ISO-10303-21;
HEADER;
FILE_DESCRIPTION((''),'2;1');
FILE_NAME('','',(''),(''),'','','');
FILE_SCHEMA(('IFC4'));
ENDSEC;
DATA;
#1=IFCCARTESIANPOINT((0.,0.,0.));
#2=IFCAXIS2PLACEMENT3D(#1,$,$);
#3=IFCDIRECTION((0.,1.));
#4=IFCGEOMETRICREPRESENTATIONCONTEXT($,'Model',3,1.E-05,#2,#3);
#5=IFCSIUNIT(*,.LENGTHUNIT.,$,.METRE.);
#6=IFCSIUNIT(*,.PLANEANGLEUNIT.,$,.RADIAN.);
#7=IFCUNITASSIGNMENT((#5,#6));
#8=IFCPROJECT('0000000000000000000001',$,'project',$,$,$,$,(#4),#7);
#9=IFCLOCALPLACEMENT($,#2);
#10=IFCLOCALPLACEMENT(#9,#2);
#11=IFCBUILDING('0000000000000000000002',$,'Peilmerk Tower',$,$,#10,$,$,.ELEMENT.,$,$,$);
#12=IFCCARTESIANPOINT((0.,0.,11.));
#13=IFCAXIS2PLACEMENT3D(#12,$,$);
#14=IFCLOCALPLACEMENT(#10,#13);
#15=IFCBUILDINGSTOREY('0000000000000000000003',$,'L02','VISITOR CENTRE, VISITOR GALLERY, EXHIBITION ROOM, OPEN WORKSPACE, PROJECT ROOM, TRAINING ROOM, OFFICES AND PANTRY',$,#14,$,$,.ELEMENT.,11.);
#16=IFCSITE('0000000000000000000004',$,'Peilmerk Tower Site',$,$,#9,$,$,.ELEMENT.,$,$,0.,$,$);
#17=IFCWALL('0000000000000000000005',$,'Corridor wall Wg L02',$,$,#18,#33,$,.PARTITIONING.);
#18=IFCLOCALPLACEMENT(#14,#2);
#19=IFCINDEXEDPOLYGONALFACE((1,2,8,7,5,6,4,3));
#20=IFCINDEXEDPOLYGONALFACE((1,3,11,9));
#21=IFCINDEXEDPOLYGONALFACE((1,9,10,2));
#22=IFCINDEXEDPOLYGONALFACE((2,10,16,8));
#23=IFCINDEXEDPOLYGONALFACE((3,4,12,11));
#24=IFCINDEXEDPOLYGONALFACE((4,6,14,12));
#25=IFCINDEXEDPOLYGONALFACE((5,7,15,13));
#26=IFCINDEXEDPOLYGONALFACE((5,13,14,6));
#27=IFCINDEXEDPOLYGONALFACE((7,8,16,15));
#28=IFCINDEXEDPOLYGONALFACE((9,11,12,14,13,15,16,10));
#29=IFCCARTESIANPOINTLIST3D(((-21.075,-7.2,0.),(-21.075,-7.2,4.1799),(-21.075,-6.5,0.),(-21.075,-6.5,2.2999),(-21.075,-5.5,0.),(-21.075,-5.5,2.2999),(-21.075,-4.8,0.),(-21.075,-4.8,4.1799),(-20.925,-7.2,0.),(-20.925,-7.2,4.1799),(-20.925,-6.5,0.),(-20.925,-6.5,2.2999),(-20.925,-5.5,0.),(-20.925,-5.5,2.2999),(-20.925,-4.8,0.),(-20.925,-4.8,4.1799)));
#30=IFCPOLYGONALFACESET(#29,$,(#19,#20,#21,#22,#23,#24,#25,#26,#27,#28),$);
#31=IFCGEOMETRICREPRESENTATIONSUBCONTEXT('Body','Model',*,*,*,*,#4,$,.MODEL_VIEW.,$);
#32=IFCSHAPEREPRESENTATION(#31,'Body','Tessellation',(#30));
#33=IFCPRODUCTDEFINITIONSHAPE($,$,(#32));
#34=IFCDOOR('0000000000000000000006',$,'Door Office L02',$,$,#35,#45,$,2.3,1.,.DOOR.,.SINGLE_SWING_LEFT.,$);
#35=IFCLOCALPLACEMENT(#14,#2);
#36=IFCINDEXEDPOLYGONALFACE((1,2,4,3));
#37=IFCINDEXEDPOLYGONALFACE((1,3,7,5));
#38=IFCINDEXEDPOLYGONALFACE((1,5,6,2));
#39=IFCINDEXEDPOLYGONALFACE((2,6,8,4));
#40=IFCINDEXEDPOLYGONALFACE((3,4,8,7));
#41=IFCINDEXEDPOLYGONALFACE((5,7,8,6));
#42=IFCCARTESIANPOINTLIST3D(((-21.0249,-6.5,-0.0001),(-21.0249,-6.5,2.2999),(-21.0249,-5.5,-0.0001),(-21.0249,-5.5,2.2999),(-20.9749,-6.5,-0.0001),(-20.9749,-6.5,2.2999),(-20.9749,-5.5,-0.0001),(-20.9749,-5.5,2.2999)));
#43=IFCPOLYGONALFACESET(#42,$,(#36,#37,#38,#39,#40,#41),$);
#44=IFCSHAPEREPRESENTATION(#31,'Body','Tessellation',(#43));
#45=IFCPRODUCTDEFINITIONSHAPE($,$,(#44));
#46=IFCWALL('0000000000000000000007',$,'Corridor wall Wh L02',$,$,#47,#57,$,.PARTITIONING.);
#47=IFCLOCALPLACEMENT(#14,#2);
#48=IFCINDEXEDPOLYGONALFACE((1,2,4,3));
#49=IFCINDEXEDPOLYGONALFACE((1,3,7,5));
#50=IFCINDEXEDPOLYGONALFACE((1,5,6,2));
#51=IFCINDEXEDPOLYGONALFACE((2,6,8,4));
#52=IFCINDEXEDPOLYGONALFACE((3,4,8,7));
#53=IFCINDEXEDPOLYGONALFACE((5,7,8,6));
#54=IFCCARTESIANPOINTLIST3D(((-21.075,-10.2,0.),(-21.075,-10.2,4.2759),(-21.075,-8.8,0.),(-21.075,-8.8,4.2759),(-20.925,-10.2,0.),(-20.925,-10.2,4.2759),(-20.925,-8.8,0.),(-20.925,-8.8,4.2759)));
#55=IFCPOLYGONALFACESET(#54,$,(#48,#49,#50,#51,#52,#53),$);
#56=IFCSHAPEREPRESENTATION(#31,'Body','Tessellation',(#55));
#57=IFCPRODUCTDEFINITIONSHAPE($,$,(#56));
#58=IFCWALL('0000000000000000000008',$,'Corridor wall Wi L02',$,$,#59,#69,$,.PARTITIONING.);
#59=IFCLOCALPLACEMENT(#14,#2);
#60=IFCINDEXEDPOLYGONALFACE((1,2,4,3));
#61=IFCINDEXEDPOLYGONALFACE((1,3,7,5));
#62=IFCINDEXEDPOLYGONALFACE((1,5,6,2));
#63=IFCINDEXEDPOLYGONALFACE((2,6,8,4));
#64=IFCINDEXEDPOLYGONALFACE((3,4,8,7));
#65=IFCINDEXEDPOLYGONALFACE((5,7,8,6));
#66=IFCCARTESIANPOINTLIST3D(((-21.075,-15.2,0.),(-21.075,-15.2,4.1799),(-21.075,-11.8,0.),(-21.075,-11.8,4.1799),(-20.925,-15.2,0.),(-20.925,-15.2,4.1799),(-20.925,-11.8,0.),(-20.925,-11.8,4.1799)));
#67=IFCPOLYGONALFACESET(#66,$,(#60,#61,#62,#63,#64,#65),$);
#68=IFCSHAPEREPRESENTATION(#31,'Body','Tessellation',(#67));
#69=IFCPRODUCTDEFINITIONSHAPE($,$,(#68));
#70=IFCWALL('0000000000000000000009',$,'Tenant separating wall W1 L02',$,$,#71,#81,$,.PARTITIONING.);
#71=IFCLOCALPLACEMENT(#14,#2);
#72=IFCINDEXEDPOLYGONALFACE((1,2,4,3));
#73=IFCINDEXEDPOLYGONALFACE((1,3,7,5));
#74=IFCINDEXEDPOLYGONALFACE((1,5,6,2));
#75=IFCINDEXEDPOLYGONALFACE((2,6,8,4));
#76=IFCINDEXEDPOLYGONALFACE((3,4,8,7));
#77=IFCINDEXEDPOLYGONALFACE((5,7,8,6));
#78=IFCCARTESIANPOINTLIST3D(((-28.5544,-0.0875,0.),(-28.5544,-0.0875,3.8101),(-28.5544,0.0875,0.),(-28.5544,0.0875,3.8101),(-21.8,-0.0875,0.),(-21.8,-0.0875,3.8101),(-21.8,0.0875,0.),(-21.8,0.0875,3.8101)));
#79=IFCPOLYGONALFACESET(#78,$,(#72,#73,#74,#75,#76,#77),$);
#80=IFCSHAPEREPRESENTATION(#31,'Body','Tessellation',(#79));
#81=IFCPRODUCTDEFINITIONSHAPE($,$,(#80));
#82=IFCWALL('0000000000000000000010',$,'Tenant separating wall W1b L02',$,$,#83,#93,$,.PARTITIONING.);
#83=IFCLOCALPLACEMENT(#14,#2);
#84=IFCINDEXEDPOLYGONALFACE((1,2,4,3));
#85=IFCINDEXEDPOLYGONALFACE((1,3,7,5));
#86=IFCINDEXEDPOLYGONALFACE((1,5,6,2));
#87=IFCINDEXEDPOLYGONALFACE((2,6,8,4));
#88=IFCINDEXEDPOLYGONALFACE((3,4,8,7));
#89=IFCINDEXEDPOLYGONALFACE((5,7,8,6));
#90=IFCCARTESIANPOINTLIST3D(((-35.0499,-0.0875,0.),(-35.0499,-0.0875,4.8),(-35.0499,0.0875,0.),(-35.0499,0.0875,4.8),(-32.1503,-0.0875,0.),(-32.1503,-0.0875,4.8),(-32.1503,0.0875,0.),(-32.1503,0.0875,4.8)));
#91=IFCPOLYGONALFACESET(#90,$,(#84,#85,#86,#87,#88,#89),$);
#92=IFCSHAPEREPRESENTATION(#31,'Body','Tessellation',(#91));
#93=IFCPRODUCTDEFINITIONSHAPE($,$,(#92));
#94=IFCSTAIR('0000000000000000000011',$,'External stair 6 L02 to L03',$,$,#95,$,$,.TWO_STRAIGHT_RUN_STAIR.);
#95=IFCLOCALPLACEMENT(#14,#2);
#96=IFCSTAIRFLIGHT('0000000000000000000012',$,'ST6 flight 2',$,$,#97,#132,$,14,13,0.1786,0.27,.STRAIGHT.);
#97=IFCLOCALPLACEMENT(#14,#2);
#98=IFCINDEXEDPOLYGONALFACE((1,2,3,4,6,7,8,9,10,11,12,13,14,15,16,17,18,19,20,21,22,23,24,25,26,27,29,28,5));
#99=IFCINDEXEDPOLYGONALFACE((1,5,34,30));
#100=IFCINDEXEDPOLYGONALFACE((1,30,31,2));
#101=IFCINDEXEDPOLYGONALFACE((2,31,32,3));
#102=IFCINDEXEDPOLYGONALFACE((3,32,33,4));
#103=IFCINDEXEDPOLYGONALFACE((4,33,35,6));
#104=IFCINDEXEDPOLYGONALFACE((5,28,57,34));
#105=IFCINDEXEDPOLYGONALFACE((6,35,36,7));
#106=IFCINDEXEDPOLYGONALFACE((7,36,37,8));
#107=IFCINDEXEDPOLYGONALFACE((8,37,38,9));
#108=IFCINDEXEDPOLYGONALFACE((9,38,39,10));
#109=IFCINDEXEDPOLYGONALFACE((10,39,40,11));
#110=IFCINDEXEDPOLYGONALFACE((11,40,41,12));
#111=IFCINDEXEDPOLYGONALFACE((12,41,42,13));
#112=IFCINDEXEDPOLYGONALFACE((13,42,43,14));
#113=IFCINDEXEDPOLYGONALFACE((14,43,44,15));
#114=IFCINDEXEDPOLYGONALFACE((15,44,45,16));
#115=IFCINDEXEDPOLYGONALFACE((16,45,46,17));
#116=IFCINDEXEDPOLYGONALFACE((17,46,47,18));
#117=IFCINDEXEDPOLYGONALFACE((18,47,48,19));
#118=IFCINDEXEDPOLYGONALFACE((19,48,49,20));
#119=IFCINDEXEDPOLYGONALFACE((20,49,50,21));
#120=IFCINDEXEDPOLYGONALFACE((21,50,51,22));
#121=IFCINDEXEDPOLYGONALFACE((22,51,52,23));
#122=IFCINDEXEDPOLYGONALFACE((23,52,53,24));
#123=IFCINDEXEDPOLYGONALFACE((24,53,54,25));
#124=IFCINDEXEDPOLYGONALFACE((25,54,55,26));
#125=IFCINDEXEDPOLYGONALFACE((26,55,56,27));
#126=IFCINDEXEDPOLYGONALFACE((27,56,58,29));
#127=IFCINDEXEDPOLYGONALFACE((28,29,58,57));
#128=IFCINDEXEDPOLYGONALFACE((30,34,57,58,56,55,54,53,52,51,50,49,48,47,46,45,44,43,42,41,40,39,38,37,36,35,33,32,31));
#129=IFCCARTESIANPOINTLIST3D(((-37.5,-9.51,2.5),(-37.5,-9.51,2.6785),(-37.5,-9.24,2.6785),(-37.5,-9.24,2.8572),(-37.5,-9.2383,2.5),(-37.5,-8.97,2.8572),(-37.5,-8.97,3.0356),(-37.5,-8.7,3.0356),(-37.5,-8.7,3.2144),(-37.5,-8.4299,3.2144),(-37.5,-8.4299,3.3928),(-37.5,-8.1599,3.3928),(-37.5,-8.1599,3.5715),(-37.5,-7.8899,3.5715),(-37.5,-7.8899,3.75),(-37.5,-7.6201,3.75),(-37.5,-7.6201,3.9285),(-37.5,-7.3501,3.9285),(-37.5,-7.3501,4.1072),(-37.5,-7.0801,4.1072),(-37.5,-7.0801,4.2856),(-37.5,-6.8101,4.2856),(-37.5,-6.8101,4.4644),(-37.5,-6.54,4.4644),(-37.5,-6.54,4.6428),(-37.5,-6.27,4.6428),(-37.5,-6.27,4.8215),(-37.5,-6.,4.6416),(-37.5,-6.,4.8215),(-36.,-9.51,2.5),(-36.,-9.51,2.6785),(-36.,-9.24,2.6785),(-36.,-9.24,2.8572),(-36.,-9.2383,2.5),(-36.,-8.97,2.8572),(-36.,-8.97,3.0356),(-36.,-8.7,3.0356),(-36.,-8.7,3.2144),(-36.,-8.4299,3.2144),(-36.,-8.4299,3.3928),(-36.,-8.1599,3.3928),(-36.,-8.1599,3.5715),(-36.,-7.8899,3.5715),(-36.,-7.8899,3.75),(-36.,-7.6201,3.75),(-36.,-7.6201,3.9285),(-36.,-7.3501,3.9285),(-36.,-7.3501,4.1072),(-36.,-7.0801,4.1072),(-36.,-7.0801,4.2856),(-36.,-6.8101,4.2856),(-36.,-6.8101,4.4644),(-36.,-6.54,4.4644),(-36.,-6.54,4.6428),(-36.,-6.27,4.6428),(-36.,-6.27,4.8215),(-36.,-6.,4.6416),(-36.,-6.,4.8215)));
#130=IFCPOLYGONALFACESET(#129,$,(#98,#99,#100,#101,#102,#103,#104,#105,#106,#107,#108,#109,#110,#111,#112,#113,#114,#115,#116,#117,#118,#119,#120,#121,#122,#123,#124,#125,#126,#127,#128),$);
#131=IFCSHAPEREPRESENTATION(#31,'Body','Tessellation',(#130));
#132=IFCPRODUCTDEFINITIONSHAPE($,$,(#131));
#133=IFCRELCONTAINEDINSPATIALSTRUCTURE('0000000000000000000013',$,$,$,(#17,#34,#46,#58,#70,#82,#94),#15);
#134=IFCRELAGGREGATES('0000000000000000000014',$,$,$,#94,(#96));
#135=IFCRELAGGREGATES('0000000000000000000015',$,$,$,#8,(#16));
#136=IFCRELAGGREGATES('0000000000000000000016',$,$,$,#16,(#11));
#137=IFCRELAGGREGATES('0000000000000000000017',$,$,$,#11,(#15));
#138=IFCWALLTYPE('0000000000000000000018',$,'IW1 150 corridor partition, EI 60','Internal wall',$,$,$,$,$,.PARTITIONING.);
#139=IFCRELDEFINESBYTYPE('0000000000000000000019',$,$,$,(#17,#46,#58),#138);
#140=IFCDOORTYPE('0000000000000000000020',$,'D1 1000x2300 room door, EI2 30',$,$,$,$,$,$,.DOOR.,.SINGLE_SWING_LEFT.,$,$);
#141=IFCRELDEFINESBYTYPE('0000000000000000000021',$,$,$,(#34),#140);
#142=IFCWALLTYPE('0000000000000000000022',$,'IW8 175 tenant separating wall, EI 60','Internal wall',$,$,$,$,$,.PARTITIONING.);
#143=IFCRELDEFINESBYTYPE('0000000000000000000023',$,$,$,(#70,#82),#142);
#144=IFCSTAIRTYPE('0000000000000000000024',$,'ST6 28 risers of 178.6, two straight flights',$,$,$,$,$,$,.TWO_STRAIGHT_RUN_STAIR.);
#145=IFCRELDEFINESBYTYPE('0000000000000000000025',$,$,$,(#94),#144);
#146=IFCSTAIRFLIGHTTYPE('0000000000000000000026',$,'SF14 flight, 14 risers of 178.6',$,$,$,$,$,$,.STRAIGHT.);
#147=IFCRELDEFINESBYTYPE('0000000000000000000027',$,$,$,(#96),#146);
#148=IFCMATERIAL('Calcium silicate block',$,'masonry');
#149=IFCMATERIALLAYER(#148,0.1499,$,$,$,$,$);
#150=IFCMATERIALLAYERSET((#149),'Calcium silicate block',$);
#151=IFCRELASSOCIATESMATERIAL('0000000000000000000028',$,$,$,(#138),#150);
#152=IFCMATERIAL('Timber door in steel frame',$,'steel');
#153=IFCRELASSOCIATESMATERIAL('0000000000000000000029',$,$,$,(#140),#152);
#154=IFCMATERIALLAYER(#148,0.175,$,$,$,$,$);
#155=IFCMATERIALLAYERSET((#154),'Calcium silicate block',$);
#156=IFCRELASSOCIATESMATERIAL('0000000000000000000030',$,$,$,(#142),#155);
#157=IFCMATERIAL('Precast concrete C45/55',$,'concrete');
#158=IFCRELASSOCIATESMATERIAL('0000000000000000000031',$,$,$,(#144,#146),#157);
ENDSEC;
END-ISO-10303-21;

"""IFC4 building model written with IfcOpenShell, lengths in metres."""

from ifc_helpers import new_model, si_unit, direction, frame, frame_2d, origin, place, context, subcontext, project, spatial, polyline, rectangle, outline, extrude, material, layer, layer_set, type_object, element, fill, aggregate, save


model = new_model("IFC4")

# Units and contexts
model_context = context("Model", 3, precision=1e-05, world=origin(), true_north=direction((0.0, 1.0)))
body_context = subcontext(model_context, "Body", "Model", "MODEL_VIEW")
ifc_project = project(units=[si_unit("LENGTHUNIT", "METRE"), si_unit("PLANEANGLEUNIT", "RADIAN")], contexts=[model_context])

# Site, building, storey
site_placement = place(None, origin())
site = spatial("IfcSite", under=ifc_project, at=site_placement, Name="Peilmerk Tower Site", CompositionType="ELEMENT", RefElevation=0.0)
building_placement = place(site_placement, origin())
building = spatial("IfcBuilding", under=site, at=building_placement, Name="Peilmerk Tower", CompositionType="ELEMENT")
storey_placement = place(building_placement, frame((0.0, 0.0, 11.0)))
storey = spatial("IfcBuildingStorey", under=building, at=storey_placement, Name="L02", Description="VISITOR CENTRE, VISITOR GALLERY, EXHIBITION ROOM, OPEN WORKSPACE, PROJECT ROOM, TRAINING ROOM, OFFICES AND PANTRY", CompositionType="ELEMENT", Elevation=11.0)

# Shared definitions
ifc_material_1 = material(Name="Calcium silicate block", Category="masonry")
ifc_layer_1 = layer(ifc_material_1, 0.1499)
ifc_layer_set_1 = layer_set([ifc_layer_1], Name="Calcium silicate block")
wall_type_1 = type_object("IfcWallType", Name="IW1 150 corridor partition, EI 60", Description="Internal wall", PredefinedType="PARTITIONING", material=ifc_layer_set_1)

# Wall, opening, door
wall_1_placement = place(storey_placement, frame((-21.0, -4.8, 0.0), z_axis=(0.0, 0.0, 1.0), x_axis=(0.0, -1.0, 0.0)))
wall_1 = element("IfcWall", 1, at=wall_1_placement, inside=storey, type_object=wall_type_1, Name="Corridor wall Wg L02", PredefinedType="PARTITIONING", context=body_context, shape_type="SweptSolid", body=[
    extrude(rectangle(XDim=2.3999, YDim=0.1499, at=frame_2d((1.2, 0.0))), origin(), (0.0, 0.0, 1.0), 4.1799),
])
opening_placement = place(wall_1_placement, frame((0.7, 0.0, 0.0)))
opening = element("IfcOpeningElement", 2, at=opening_placement, cuts=wall_1, PredefinedType="OPENING", context=body_context, shape_type="SweptSolid", body=[
    extrude(rectangle(XDim=1.0, YDim=2.3, at=frame_2d((0.5, 1.1499))), frame((0.0, 0.085, 0.0), z_axis=(0.0, -1.0, 0.0), x_axis=(1.0, 0.0, 0.0)), (0.0, 0.0, 1.0), 0.1699),
])
ifc_material_2 = material(Name="Timber door in steel frame", Category="steel")
door_type = type_object("IfcDoorType", Name="D1 1000x2300 room door, EI2 30", OperationType="SINGLE_SWING_LEFT", PredefinedType="DOOR", material=ifc_material_2)
door_placement = place(opening_placement, frame((1.0, 0.0, 0.0), z_axis=(0.0, 0.0, 1.0), x_axis=(-1.0, 0.0, 0.0)))
door = element("IfcDoor", 3, at=door_placement, inside=storey, type_object=door_type, Name="Door Office L02", OperationType="SINGLE_SWING_LEFT", OverallHeight=2.3, OverallWidth=1.0, PredefinedType="DOOR", context=body_context, shape_type="SweptSolid", body=[
    extrude(rectangle(XDim=1.0, YDim=2.3, at=frame_2d((0.5, 1.1499))), frame((0.0, 0.0249, 0.0), z_axis=(0.0, -1.0, 0.0), x_axis=(1.0, 0.0, 0.0)), (0.0, 0.0, 1.0), 0.05),
])
fill(opening, door)

# Walls
wall_2_placement = place(storey_placement, frame((-21.0, -8.8, 0.0), z_axis=(0.0, 0.0, 1.0), x_axis=(0.0, -1.0, 0.0)))
element("IfcWall", 4, at=wall_2_placement, inside=storey, type_object=wall_type_1, Name="Corridor wall Wh L02", PredefinedType="PARTITIONING", context=body_context, shape_type="SweptSolid", body=[
    extrude(rectangle(XDim=1.3999, YDim=0.1499, at=frame_2d((0.7, 0.0))), origin(), (0.0, 0.0, 1.0), 4.2759),
])
wall_3_placement = place(storey_placement, frame((-21.0, -11.8, 0.0), z_axis=(0.0, 0.0, 1.0), x_axis=(0.0, -1.0, 0.0)))
element("IfcWall", 5, at=wall_3_placement, inside=storey, type_object=wall_type_1, Name="Corridor wall Wi L02", PredefinedType="PARTITIONING", context=body_context, shape_type="SweptSolid", body=[
    extrude(rectangle(XDim=3.3999, YDim=0.1499, at=frame_2d((1.7, 0.0))), origin(), (0.0, 0.0, 1.0), 4.1799),
])
ifc_layer_2 = layer(ifc_material_1, 0.175)
ifc_layer_set_2 = layer_set([ifc_layer_2], Name="Calcium silicate block")
wall_type_2 = type_object("IfcWallType", Name="IW8 175 tenant separating wall, EI 60", Description="Internal wall", PredefinedType="PARTITIONING", material=ifc_layer_set_2)
wall_4_placement = place(storey_placement, frame((-21.8, 0.0, 0.0), z_axis=(0.0, 0.0, 1.0), x_axis=(-1.0, 0.0, 0.0)))
element("IfcWall", 6, at=wall_4_placement, inside=storey, type_object=wall_type_2, Name="Tenant separating wall W1 L02", PredefinedType="PARTITIONING", context=body_context, shape_type="SweptSolid", body=[
    extrude(rectangle(XDim=6.7544, YDim=0.175, at=frame_2d((3.3772, 0.0))), origin(), (0.0, 0.0, 1.0), 3.8101),
])
wall_5_placement = place(storey_placement, frame((-32.1504, 0.0, 0.0), z_axis=(0.0, 0.0, 1.0), x_axis=(-1.0, 0.0, 0.0)))
element("IfcWall", 7, at=wall_5_placement, inside=storey, type_object=wall_type_2, Name="Tenant separating wall W1b L02", PredefinedType="PARTITIONING", context=body_context, shape_type="SweptSolid", body=[
    extrude(rectangle(XDim=2.8997, YDim=0.175, at=frame_2d((1.4497, 0.0))), origin(), (0.0, 0.0, 1.0), 4.8),
])

# Stair, stair flight
ifc_material_3 = material(Name="Precast concrete C45/55", Category="concrete")
stair_type = type_object("IfcStairType", Name="ST6 28 risers of 178.6, two straight flights", PredefinedType="TWO_STRAIGHT_RUN_STAIR", material=ifc_material_3)
stair_placement = place(storey_placement, origin())
stair = element("IfcStair", 8, at=stair_placement, inside=storey, type_object=stair_type, Name="External stair 6 L02 to L03", PredefinedType="TWO_STRAIGHT_RUN_STAIR")
stair_flight_type = type_object("IfcStairFlightType", Name="SF14 flight, 14 risers of 178.6", PredefinedType="STRAIGHT", material=ifc_material_3)
stair_flight_placement = place(storey_placement, frame((-36.75, -9.51, 2.5), z_axis=(0.0, 0.0, 1.0), x_axis=(0.0, 1.0, 0.0)))
stair_flight = element("IfcStairFlight", 9, at=stair_flight_placement, type_object=stair_flight_type, Name="ST6 flight 2", NumberOfRisers=14, NumberOfTreads=13, PredefinedType="STRAIGHT", RiserHeight=0.1786, TreadLength=0.27, context=body_context, shape_type="SweptSolid", body=[
    extrude(outline(polyline([(0.0, 0.0), (0.0, 0.1785), (0.27, 0.1785), (0.27, 0.3572), (0.54, 0.3572), (0.54, 0.5356), (0.8101, 0.5356), (0.8101, 0.7144), (1.0801, 0.7144), (1.0801, 0.8928), (1.3501, 0.8928), (1.3501, 1.0715), (1.6201, 1.0715), (1.6201, 1.25), (1.8899, 1.25), (1.8899, 1.4285), (2.1599, 1.4285), (2.1599, 1.6072), (2.4299, 1.6072), (2.4299, 1.7856), (2.7, 1.7856), (2.7, 1.9644), (2.97, 1.9644), (2.97, 2.1428), (3.24, 2.1428), (3.24, 2.3215), (3.51, 2.3215), (3.51, 2.5), (3.51, 2.1416), (0.2717, 0.0), (0.0, 0.0)])), frame((0.0, 0.75, 0.0), z_axis=(0.0, -1.0, 0.0), x_axis=(1.0, 0.0, 0.0)), (0.0, 0.0, 1.0), 1.5),
])
aggregate(stair, [stair_flight])

save(model, "model.ifc")
